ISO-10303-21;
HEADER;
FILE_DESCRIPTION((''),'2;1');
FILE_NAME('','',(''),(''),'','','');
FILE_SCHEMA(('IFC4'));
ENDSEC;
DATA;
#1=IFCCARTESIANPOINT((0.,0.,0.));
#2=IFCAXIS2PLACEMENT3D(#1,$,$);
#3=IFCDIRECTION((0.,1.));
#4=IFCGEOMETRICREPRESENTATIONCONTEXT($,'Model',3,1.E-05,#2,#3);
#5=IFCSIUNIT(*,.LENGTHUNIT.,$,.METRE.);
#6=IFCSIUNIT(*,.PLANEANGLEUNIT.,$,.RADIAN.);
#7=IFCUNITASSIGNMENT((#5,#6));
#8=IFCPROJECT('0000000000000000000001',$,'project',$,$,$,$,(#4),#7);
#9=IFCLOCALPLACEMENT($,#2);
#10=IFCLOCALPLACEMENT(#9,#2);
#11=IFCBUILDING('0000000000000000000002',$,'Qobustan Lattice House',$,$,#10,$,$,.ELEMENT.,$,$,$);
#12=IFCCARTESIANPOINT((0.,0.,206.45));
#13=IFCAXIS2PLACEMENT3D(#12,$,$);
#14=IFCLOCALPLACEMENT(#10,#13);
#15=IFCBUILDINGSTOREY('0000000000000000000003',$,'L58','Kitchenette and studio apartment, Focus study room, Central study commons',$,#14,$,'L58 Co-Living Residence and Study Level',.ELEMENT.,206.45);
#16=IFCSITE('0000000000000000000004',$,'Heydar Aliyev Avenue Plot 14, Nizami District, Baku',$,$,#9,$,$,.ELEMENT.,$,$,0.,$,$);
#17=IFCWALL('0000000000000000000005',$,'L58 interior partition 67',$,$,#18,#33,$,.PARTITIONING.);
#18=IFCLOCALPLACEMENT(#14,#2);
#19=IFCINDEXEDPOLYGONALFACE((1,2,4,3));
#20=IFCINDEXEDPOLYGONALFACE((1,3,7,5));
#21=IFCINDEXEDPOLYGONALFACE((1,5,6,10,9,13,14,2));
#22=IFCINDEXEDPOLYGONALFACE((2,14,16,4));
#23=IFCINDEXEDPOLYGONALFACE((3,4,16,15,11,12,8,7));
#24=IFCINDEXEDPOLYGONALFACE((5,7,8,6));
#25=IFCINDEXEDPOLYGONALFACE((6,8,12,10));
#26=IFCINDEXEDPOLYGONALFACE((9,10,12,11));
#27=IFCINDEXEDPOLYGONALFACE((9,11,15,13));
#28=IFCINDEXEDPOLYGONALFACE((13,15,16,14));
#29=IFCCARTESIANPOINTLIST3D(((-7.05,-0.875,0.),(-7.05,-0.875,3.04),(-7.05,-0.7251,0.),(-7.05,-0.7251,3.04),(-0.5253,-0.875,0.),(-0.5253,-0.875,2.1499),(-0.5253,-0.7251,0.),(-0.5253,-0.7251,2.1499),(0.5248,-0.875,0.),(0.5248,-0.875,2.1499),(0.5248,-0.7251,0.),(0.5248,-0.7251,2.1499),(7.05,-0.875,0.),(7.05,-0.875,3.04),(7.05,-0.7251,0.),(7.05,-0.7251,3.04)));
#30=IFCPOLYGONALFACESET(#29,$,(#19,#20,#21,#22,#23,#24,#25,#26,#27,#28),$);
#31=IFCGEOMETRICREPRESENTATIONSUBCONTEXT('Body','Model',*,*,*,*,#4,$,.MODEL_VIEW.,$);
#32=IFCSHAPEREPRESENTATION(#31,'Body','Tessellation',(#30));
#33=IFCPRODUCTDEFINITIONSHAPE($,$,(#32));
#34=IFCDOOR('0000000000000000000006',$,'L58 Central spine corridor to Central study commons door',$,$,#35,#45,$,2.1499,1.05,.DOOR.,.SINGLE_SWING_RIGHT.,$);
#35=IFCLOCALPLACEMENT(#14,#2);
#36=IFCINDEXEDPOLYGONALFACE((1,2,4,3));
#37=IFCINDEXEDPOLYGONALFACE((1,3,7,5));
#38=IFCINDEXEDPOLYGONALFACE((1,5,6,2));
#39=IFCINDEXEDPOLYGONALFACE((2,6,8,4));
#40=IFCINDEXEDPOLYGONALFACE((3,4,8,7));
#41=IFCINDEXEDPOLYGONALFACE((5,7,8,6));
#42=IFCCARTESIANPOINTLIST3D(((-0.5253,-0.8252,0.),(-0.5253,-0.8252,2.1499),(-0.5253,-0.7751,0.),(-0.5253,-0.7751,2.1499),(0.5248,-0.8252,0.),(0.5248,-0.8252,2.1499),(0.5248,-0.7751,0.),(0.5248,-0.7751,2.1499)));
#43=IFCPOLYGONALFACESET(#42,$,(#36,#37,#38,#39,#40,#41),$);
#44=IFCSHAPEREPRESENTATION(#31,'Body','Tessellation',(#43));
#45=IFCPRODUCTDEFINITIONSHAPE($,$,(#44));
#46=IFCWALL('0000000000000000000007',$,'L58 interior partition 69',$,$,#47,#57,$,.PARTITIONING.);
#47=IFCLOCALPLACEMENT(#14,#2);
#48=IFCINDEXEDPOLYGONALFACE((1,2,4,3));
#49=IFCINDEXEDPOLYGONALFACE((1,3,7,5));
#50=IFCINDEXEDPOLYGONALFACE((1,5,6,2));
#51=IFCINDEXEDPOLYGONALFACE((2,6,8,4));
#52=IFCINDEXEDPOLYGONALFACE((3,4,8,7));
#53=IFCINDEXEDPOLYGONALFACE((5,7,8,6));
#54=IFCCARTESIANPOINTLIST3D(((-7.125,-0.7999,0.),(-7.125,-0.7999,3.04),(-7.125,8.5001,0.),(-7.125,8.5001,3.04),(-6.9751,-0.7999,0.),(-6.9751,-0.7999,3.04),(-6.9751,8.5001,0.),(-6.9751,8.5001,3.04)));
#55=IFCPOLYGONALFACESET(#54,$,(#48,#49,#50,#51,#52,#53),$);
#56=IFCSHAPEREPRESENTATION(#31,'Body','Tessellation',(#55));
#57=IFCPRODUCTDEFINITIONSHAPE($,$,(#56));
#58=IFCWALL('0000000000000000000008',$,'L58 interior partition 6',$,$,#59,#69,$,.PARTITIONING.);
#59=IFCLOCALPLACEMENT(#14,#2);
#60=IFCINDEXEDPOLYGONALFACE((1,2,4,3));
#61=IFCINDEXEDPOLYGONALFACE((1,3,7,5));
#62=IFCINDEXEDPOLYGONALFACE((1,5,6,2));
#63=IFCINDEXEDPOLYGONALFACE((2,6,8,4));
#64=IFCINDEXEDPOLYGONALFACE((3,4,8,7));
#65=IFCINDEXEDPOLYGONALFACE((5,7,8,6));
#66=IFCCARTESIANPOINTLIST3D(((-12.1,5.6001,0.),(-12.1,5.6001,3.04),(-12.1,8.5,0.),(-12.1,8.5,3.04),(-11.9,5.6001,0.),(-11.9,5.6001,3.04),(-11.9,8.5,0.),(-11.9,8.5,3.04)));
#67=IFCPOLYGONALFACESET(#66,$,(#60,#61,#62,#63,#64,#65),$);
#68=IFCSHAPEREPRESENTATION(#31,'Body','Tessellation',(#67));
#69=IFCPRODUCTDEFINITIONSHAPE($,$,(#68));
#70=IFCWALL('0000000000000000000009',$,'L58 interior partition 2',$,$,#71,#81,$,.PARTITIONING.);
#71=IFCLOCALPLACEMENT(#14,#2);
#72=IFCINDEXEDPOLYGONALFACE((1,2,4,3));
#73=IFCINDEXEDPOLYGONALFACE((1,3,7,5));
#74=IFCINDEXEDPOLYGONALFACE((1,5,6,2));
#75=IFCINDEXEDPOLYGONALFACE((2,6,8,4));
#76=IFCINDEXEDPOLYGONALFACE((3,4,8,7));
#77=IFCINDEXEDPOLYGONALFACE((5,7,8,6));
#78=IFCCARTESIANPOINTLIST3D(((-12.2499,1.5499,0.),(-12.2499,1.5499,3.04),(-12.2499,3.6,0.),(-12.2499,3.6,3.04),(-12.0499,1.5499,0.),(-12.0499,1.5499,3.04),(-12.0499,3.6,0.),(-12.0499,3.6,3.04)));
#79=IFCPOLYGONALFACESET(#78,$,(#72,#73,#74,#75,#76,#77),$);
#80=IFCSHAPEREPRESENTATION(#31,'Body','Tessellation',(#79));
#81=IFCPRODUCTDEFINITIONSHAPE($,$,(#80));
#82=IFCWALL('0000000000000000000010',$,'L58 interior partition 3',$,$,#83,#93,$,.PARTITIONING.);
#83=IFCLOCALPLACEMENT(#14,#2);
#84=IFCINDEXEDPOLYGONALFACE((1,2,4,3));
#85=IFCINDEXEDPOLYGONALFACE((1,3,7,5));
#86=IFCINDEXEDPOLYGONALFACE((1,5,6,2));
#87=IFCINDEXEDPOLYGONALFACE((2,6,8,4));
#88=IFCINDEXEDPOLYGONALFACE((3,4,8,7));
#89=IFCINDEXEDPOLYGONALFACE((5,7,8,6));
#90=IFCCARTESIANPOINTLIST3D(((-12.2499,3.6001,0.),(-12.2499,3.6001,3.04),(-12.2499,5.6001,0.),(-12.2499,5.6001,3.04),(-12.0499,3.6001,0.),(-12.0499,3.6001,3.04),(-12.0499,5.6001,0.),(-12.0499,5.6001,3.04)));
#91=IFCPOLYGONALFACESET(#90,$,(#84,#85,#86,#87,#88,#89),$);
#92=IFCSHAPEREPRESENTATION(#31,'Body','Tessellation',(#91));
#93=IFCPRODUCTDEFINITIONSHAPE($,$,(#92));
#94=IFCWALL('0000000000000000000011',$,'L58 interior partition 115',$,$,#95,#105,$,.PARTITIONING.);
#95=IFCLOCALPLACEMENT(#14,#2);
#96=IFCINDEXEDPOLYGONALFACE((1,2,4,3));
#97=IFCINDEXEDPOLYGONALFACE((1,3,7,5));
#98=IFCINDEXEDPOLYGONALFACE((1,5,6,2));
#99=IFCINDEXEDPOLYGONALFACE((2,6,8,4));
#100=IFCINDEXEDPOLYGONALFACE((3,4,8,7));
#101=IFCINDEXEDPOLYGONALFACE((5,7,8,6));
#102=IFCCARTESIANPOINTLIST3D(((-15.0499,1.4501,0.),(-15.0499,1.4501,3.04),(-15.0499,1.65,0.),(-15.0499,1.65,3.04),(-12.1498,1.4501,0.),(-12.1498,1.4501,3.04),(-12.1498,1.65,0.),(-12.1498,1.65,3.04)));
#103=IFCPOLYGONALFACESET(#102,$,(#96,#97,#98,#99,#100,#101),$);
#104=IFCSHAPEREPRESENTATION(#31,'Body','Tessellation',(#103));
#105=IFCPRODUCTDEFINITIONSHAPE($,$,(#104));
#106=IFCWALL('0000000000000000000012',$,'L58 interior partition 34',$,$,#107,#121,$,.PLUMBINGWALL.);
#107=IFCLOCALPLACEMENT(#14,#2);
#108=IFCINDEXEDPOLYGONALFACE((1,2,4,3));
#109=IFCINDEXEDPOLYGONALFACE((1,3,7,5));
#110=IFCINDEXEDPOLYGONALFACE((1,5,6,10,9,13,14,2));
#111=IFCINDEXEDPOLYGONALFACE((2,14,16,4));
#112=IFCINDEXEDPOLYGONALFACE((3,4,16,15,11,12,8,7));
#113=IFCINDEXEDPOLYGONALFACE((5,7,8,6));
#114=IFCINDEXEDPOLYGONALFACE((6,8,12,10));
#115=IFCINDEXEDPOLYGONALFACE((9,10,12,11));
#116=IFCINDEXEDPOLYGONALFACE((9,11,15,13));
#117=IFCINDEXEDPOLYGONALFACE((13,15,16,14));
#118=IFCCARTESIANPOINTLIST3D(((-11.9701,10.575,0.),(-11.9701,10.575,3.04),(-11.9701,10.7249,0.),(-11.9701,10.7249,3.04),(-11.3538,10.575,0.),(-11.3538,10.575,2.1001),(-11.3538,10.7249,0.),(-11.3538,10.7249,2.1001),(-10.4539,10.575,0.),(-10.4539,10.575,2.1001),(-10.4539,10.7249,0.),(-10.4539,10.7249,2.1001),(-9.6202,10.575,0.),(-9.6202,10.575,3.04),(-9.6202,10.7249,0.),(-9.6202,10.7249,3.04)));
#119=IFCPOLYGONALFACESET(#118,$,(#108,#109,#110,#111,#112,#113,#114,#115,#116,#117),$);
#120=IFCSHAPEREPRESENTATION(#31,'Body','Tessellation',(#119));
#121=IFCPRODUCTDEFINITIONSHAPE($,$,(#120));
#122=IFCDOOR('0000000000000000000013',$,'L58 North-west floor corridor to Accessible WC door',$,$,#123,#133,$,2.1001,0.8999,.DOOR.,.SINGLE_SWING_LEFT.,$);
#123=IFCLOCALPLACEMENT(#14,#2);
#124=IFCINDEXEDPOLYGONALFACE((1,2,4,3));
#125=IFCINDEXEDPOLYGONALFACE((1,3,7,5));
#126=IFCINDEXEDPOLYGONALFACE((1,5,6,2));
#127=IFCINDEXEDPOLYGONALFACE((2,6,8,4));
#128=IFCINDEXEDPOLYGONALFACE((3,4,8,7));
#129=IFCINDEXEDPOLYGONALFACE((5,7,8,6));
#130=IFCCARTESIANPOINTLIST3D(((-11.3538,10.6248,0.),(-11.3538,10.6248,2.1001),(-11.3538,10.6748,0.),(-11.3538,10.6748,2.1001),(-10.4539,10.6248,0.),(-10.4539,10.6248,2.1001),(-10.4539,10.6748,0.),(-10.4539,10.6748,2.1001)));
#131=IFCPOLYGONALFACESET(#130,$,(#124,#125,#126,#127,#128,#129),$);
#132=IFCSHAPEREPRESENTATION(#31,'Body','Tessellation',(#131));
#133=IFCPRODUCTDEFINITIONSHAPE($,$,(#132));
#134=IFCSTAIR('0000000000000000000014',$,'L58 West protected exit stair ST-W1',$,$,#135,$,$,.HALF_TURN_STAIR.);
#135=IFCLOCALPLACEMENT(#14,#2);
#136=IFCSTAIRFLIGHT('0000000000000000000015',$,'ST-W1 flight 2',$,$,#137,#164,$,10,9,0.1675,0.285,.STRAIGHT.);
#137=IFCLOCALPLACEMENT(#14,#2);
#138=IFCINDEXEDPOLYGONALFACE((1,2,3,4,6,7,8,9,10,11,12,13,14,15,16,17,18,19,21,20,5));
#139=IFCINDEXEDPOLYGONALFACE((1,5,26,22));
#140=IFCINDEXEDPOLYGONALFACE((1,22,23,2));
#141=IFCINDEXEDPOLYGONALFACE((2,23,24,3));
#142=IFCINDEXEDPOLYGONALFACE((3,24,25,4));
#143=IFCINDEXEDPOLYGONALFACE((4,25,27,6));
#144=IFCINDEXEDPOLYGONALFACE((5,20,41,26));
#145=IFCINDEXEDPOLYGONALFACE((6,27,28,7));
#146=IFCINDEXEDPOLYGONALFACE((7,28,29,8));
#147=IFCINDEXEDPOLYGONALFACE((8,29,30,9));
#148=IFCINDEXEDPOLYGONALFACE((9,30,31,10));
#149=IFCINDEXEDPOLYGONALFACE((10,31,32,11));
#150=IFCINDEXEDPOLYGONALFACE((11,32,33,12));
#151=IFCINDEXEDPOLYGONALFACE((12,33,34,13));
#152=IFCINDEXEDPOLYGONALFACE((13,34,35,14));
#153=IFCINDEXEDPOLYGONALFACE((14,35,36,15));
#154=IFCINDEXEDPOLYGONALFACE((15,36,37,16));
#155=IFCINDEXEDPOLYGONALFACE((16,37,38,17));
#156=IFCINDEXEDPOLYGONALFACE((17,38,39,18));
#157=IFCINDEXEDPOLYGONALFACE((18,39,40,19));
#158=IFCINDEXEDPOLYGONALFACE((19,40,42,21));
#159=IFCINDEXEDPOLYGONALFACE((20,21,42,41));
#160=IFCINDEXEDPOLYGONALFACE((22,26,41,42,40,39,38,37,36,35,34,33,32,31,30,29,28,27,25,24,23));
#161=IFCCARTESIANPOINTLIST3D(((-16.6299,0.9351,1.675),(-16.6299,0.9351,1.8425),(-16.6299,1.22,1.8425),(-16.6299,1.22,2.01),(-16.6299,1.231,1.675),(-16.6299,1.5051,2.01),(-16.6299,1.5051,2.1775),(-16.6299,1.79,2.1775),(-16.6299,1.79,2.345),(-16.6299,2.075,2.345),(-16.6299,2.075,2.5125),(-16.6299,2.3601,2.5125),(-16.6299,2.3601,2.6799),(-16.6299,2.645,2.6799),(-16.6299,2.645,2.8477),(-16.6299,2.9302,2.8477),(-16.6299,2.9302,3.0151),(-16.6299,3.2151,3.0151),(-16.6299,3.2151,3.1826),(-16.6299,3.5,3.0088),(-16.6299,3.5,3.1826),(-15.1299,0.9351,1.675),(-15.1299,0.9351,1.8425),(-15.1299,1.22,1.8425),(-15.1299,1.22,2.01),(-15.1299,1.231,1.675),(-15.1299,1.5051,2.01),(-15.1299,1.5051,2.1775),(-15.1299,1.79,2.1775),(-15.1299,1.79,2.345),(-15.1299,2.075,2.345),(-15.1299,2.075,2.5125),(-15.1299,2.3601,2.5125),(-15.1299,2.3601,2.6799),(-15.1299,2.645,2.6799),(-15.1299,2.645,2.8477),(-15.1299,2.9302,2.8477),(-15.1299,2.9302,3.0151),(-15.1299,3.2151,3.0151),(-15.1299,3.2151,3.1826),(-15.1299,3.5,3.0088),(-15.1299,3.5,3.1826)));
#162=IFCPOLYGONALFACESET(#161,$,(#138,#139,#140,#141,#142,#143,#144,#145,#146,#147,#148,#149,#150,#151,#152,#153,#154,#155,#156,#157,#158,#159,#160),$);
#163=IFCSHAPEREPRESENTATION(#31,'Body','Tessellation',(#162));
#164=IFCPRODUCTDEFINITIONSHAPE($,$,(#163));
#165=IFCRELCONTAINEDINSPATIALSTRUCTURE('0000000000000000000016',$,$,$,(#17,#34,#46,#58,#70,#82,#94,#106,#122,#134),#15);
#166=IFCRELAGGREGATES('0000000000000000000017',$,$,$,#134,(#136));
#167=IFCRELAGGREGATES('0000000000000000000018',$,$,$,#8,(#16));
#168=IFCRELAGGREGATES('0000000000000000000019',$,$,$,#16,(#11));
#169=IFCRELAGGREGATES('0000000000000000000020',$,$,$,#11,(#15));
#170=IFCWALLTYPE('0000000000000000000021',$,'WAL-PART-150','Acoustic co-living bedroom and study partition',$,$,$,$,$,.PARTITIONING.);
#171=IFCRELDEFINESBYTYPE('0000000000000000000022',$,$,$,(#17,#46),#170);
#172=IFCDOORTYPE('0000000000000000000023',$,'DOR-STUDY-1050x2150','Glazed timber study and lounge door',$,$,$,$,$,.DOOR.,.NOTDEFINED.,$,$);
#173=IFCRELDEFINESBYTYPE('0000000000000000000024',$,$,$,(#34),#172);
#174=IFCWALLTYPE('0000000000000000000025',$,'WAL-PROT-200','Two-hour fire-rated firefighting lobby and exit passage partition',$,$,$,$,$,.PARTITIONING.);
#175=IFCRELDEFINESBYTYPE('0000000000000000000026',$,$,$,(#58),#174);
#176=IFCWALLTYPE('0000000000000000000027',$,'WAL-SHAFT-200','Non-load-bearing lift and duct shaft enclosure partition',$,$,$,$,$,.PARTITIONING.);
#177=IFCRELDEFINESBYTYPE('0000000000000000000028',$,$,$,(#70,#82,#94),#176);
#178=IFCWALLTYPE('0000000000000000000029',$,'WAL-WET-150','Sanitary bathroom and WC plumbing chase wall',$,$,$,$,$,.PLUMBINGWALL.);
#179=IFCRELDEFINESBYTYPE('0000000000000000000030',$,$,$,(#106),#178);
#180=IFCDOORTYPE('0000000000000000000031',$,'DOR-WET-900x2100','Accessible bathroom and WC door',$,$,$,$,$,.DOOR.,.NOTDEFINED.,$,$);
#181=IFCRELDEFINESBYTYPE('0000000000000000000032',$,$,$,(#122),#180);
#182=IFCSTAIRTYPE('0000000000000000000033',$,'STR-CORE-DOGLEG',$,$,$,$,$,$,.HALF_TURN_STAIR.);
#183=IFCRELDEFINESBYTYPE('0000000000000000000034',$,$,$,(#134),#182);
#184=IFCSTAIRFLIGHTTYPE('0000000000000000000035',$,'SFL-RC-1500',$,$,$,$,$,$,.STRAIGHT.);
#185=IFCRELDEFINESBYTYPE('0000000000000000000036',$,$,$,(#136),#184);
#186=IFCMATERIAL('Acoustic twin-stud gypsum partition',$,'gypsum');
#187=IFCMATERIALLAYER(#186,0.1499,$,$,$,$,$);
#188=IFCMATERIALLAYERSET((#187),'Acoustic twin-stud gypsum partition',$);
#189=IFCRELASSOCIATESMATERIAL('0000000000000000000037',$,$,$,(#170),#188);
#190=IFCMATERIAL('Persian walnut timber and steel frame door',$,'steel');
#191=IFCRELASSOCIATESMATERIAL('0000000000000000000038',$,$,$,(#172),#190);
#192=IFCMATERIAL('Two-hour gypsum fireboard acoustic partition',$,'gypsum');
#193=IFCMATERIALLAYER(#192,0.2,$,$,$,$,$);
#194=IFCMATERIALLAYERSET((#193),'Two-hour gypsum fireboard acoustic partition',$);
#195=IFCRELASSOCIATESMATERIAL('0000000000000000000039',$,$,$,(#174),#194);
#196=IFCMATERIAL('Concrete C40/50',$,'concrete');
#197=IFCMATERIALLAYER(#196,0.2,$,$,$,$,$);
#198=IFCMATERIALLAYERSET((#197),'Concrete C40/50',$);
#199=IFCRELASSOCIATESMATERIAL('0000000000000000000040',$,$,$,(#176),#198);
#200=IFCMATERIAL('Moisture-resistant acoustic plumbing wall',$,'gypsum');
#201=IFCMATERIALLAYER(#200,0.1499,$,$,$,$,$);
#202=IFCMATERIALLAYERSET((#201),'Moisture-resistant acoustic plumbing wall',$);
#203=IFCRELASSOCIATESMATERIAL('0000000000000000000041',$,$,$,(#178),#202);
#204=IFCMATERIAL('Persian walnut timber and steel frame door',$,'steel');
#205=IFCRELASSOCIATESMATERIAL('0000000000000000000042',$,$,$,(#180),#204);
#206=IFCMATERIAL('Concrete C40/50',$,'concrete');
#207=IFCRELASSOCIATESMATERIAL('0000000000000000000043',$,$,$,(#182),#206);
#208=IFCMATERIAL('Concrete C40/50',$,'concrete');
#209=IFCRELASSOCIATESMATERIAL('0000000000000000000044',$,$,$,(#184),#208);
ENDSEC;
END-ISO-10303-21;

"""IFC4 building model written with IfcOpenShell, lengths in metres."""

from ifc_helpers import new_model, si_unit, direction, frame, frame_2d, origin, place, context, subcontext, project, spatial, polyline, rectangle, outline, extrude, material, layer, layer_set, type_object, element, fill, aggregate, save


model = new_model("IFC4")

# Units and contexts
model_context = context("Model", 3, precision=1e-05, world=origin(), true_north=direction((0.0, 1.0)))
body_context = subcontext(model_context, "Body", "Model", "MODEL_VIEW")
ifc_project = project(units=[si_unit("LENGTHUNIT", "METRE"), si_unit("PLANEANGLEUNIT", "RADIAN")], contexts=[model_context])

# Site, building, storey
site_placement = place(None, origin())
site = spatial("IfcSite", under=ifc_project, at=site_placement, Name="Heydar Aliyev Avenue Plot 14, Nizami District, Baku", CompositionType="ELEMENT", RefElevation=0.0)
building_placement = place(site_placement, origin())
building = spatial("IfcBuilding", under=site, at=building_placement, Name="Qobustan Lattice House", CompositionType="ELEMENT")
storey_placement = place(building_placement, frame((0.0, 0.0, 206.45)))
storey = spatial("IfcBuildingStorey", under=building, at=storey_placement, Name="L58", Description="Kitchenette and studio apartment, Focus study room, Central study commons", LongName="L58 Co-Living Residence and Study Level", CompositionType="ELEMENT", Elevation=206.45)

# Wall, opening, door
ifc_material_1 = material(Name="Acoustic twin-stud gypsum partition", Category="gypsum")
ifc_layer_1 = layer(ifc_material_1, 0.1499)
ifc_layer_set_1 = layer_set([ifc_layer_1], Name="Acoustic twin-stud gypsum partition")
wall_type_1 = type_object("IfcWallType", Name="WAL-PART-150", Description="Acoustic co-living bedroom and study partition", PredefinedType="PARTITIONING", material=ifc_layer_set_1)
wall_1_placement = place(storey_placement, frame((-7.05, -0.8, 0.0), z_axis=(0.0, 0.0, 1.0), x_axis=(1.0, 0.0, 0.0)))
wall_1 = element("IfcWall", 1, at=wall_1_placement, inside=storey, type_object=wall_type_1, Name="L58 interior partition 67", PredefinedType="PARTITIONING", context=body_context, shape_type="SweptSolid", body=[
    extrude(rectangle(XDim=14.1001, YDim=0.1499, at=frame_2d((7.05, 0.0))), origin(), (0.0, 0.0, 1.0), 3.04),
])
opening_1_placement = place(wall_1_placement, frame((6.5249, 0.0, 0.0)))
opening_1 = element("IfcOpeningElement", 2, at=opening_1_placement, cuts=wall_1, PredefinedType="OPENING", context=body_context, shape_type="SweptSolid", body=[
    extrude(rectangle(XDim=1.05, YDim=2.1499, at=frame_2d((0.5249, 1.075))), frame((0.0, 0.085, 0.0), z_axis=(0.0, -1.0, 0.0), x_axis=(1.0, 0.0, 0.0)), (0.0, 0.0, 1.0), 0.1699),
])
ifc_material_2 = material(Name="Persian walnut timber and steel frame door", Category="steel")
door_type_1 = type_object("IfcDoorType", Name="DOR-STUDY-1050x2150", Description="Glazed timber study and lounge door", OperationType="NOTDEFINED", PredefinedType="DOOR", material=ifc_material_2)
door_1_placement = place(opening_1_placement, origin())
door_1 = element("IfcDoor", 3, at=door_1_placement, inside=storey, type_object=door_type_1, Name="L58 Central spine corridor to Central study commons door", OperationType="SINGLE_SWING_RIGHT", OverallHeight=2.1499, OverallWidth=1.05, PredefinedType="DOOR", context=body_context, shape_type="SweptSolid", body=[
    extrude(rectangle(XDim=1.05, YDim=2.1499, at=frame_2d((0.5249, 1.075))), frame((0.0, 0.0249, 0.0), z_axis=(0.0, -1.0, 0.0), x_axis=(1.0, 0.0, 0.0)), (0.0, 0.0, 1.0), 0.05),
])
fill(opening_1, door_1)

# Wall
wall_2_placement = place(storey_placement, frame((-7.05, 8.5, 0.0), z_axis=(0.0, 0.0, 1.0), x_axis=(0.0, -1.0, 0.0)))
element("IfcWall", 4, at=wall_2_placement, inside=storey, type_object=wall_type_1, Name="L58 interior partition 69", PredefinedType="PARTITIONING", context=body_context, shape_type="SweptSolid", body=[
    extrude(rectangle(XDim=9.3, YDim=0.1499, at=frame_2d((4.6499, 0.0))), origin(), (0.0, 0.0, 1.0), 3.04),
])

# Shared definitions
ifc_material_3 = material(Name="Two-hour gypsum fireboard acoustic partition", Category="gypsum")
ifc_layer_2 = layer(ifc_material_3, 0.2)
ifc_layer_set_2 = layer_set([ifc_layer_2], Name="Two-hour gypsum fireboard acoustic partition")
wall_type_2 = type_object("IfcWallType", Name="WAL-PROT-200", Description="Two-hour fire-rated firefighting lobby and exit passage partition", PredefinedType="PARTITIONING", material=ifc_layer_set_2)

# Walls
wall_3_placement = place(storey_placement, frame((-12.0, 5.6001, 0.0), z_axis=(0.0, 0.0, 1.0), x_axis=(0.0, 1.0, 0.0)))
element("IfcWall", 5, at=wall_3_placement, inside=storey, type_object=wall_type_2, Name="L58 interior partition 6", PredefinedType="PARTITIONING", context=body_context, shape_type="SweptSolid", body=[
    extrude(rectangle(XDim=2.8999, YDim=0.2, at=frame_2d((1.45, 0.0))), origin(), (0.0, 0.0, 1.0), 3.04),
])
ifc_material_4 = material(Name="Concrete C40/50", Category="concrete")
ifc_layer_3 = layer(ifc_material_4, 0.2)
ifc_layer_set_3 = layer_set([ifc_layer_3], Name="Concrete C40/50")
wall_type_3 = type_object("IfcWallType", Name="WAL-SHAFT-200", Description="Non-load-bearing lift and duct shaft enclosure partition", PredefinedType="PARTITIONING", material=ifc_layer_set_3)
wall_4_placement = place(storey_placement, frame((-12.1499, 1.55, 0.0), z_axis=(0.0, 0.0, 1.0), x_axis=(0.0, 1.0, 0.0)))
element("IfcWall", 6, at=wall_4_placement, inside=storey, type_object=wall_type_3, Name="L58 interior partition 2", PredefinedType="PARTITIONING", context=body_context, shape_type="SweptSolid", body=[
    extrude(rectangle(XDim=2.05, YDim=0.2, at=frame_2d((1.0249, 0.0))), origin(), (0.0, 0.0, 1.0), 3.04),
])
wall_5_placement = place(storey_placement, frame((-12.1499, 3.6001, 0.0), z_axis=(0.0, 0.0, 1.0), x_axis=(0.0, 1.0, 0.0)))
element("IfcWall", 7, at=wall_5_placement, inside=storey, type_object=wall_type_3, Name="L58 interior partition 3", PredefinedType="PARTITIONING", context=body_context, shape_type="SweptSolid", body=[
    extrude(rectangle(XDim=2.0, YDim=0.2, at=frame_2d((1.0, 0.0))), origin(), (0.0, 0.0, 1.0), 3.04),
])
wall_6_placement = place(storey_placement, frame((-15.05, 1.55, 0.0), z_axis=(0.0, 0.0, 1.0), x_axis=(1.0, 0.0, 0.0)))
element("IfcWall", 8, at=wall_6_placement, inside=storey, type_object=wall_type_3, Name="L58 interior partition 115", PredefinedType="PARTITIONING", context=body_context, shape_type="SweptSolid", body=[
    extrude(rectangle(XDim=2.9001, YDim=0.2, at=frame_2d((1.4502, 0.0))), origin(), (0.0, 0.0, 1.0), 3.04),
])

# Wall, opening, door
ifc_material_5 = material(Name="Moisture-resistant acoustic plumbing wall", Category="gypsum")
ifc_layer_4 = layer(ifc_material_5, 0.1499)
ifc_layer_set_4 = layer_set([ifc_layer_4], Name="Moisture-resistant acoustic plumbing wall")
wall_type_4 = type_object("IfcWallType", Name="WAL-WET-150", Description="Sanitary bathroom and WC plumbing chase wall", PredefinedType="PLUMBINGWALL", material=ifc_layer_set_4)
wall_7_placement = place(storey_placement, frame((-11.97, 10.6499, 0.0), z_axis=(0.0, 0.0, 1.0), x_axis=(1.0, 0.0, 0.0)))
wall_7 = element("IfcWall", 9, at=wall_7_placement, inside=storey, type_object=wall_type_4, Name="L58 interior partition 34", PredefinedType="PLUMBINGWALL", context=body_context, shape_type="SweptSolid", body=[
    extrude(rectangle(XDim=2.3499, YDim=0.1499, at=frame_2d((1.1748, 0.0))), origin(), (0.0, 0.0, 1.0), 3.04),
])
opening_2_placement = place(wall_7_placement, frame((0.6162, 0.0, 0.0)))
opening_2 = element("IfcOpeningElement", 10, at=opening_2_placement, cuts=wall_7, PredefinedType="OPENING", context=body_context, shape_type="SweptSolid", body=[
    extrude(rectangle(XDim=0.8999, YDim=2.1001, at=frame_2d((0.45, 1.05))), frame((0.0, 0.085, 0.0), z_axis=(0.0, -1.0, 0.0), x_axis=(1.0, 0.0, 0.0)), (0.0, 0.0, 1.0), 0.1699),
])
ifc_material_6 = material(Name="Persian walnut timber and steel frame door", Category="steel")
door_type_2 = type_object("IfcDoorType", Name="DOR-WET-900x2100", Description="Accessible bathroom and WC door", OperationType="NOTDEFINED", PredefinedType="DOOR", material=ifc_material_6)
door_2_placement = place(opening_2_placement, origin())
door_2 = element("IfcDoor", 11, at=door_2_placement, inside=storey, type_object=door_type_2, Name="L58 North-west floor corridor to Accessible WC door", OperationType="SINGLE_SWING_LEFT", OverallHeight=2.1001, OverallWidth=0.8999, PredefinedType="DOOR", context=body_context, shape_type="SweptSolid", body=[
    extrude(rectangle(XDim=0.8999, YDim=2.1001, at=frame_2d((0.45, 1.05))), frame((0.0, 0.0249, 0.0), z_axis=(0.0, -1.0, 0.0), x_axis=(1.0, 0.0, 0.0)), (0.0, 0.0, 1.0), 0.05),
])
fill(opening_2, door_2)

# Stair, stair flight
ifc_material_7 = material(Name="Concrete C40/50", Category="concrete")
stair_type = type_object("IfcStairType", Name="STR-CORE-DOGLEG", PredefinedType="HALF_TURN_STAIR", material=ifc_material_7)
stair_placement = place(storey_placement, origin())
stair = element("IfcStair", 12, at=stair_placement, inside=storey, type_object=stair_type, Name="L58 West protected exit stair ST-W1", PredefinedType="HALF_TURN_STAIR")
ifc_material_8 = material(Name="Concrete C40/50", Category="concrete")
stair_flight_type = type_object("IfcStairFlightType", Name="SFL-RC-1500", PredefinedType="STRAIGHT", material=ifc_material_8)
stair_flight_placement = place(storey_placement, frame((-15.8799, 0.9351, 1.675), z_axis=(0.0, 0.0, 1.0), x_axis=(0.0, 1.0, 0.0)))
stair_flight = element("IfcStairFlight", 13, at=stair_flight_placement, type_object=stair_flight_type, Name="ST-W1 flight 2", NumberOfRisers=10, NumberOfTreads=9, PredefinedType="STRAIGHT", RiserHeight=0.1675, TreadLength=0.285, context=body_context, shape_type="SweptSolid", body=[
    extrude(outline(polyline([(0.0, 0.0), (0.0, 0.1675), (0.2849, 0.1675), (0.2849, 0.335), (0.5701, 0.335), (0.5701, 0.5024), (0.855, 0.5024), (0.855, 0.6699), (1.1399, 0.6699), (1.1399, 0.8374), (1.425, 0.8374), (1.425, 1.0049), (1.71, 1.0049), (1.71, 1.1726), (1.9951, 1.1726), (1.9951, 1.3401), (2.28, 1.3401), (2.28, 1.5076), (2.5649, 1.5076), (2.5649, 1.675), (2.5649, 1.3337), (0.2959, 0.0), (0.0, 0.0)])), frame((0.0, 0.75, 0.0), z_axis=(0.0, -1.0, 0.0), x_axis=(1.0, 0.0, 0.0)), (0.0, 0.0, 1.0), 1.5),
])
aggregate(stair, [stair_flight])

save(model, "model.ifc")
